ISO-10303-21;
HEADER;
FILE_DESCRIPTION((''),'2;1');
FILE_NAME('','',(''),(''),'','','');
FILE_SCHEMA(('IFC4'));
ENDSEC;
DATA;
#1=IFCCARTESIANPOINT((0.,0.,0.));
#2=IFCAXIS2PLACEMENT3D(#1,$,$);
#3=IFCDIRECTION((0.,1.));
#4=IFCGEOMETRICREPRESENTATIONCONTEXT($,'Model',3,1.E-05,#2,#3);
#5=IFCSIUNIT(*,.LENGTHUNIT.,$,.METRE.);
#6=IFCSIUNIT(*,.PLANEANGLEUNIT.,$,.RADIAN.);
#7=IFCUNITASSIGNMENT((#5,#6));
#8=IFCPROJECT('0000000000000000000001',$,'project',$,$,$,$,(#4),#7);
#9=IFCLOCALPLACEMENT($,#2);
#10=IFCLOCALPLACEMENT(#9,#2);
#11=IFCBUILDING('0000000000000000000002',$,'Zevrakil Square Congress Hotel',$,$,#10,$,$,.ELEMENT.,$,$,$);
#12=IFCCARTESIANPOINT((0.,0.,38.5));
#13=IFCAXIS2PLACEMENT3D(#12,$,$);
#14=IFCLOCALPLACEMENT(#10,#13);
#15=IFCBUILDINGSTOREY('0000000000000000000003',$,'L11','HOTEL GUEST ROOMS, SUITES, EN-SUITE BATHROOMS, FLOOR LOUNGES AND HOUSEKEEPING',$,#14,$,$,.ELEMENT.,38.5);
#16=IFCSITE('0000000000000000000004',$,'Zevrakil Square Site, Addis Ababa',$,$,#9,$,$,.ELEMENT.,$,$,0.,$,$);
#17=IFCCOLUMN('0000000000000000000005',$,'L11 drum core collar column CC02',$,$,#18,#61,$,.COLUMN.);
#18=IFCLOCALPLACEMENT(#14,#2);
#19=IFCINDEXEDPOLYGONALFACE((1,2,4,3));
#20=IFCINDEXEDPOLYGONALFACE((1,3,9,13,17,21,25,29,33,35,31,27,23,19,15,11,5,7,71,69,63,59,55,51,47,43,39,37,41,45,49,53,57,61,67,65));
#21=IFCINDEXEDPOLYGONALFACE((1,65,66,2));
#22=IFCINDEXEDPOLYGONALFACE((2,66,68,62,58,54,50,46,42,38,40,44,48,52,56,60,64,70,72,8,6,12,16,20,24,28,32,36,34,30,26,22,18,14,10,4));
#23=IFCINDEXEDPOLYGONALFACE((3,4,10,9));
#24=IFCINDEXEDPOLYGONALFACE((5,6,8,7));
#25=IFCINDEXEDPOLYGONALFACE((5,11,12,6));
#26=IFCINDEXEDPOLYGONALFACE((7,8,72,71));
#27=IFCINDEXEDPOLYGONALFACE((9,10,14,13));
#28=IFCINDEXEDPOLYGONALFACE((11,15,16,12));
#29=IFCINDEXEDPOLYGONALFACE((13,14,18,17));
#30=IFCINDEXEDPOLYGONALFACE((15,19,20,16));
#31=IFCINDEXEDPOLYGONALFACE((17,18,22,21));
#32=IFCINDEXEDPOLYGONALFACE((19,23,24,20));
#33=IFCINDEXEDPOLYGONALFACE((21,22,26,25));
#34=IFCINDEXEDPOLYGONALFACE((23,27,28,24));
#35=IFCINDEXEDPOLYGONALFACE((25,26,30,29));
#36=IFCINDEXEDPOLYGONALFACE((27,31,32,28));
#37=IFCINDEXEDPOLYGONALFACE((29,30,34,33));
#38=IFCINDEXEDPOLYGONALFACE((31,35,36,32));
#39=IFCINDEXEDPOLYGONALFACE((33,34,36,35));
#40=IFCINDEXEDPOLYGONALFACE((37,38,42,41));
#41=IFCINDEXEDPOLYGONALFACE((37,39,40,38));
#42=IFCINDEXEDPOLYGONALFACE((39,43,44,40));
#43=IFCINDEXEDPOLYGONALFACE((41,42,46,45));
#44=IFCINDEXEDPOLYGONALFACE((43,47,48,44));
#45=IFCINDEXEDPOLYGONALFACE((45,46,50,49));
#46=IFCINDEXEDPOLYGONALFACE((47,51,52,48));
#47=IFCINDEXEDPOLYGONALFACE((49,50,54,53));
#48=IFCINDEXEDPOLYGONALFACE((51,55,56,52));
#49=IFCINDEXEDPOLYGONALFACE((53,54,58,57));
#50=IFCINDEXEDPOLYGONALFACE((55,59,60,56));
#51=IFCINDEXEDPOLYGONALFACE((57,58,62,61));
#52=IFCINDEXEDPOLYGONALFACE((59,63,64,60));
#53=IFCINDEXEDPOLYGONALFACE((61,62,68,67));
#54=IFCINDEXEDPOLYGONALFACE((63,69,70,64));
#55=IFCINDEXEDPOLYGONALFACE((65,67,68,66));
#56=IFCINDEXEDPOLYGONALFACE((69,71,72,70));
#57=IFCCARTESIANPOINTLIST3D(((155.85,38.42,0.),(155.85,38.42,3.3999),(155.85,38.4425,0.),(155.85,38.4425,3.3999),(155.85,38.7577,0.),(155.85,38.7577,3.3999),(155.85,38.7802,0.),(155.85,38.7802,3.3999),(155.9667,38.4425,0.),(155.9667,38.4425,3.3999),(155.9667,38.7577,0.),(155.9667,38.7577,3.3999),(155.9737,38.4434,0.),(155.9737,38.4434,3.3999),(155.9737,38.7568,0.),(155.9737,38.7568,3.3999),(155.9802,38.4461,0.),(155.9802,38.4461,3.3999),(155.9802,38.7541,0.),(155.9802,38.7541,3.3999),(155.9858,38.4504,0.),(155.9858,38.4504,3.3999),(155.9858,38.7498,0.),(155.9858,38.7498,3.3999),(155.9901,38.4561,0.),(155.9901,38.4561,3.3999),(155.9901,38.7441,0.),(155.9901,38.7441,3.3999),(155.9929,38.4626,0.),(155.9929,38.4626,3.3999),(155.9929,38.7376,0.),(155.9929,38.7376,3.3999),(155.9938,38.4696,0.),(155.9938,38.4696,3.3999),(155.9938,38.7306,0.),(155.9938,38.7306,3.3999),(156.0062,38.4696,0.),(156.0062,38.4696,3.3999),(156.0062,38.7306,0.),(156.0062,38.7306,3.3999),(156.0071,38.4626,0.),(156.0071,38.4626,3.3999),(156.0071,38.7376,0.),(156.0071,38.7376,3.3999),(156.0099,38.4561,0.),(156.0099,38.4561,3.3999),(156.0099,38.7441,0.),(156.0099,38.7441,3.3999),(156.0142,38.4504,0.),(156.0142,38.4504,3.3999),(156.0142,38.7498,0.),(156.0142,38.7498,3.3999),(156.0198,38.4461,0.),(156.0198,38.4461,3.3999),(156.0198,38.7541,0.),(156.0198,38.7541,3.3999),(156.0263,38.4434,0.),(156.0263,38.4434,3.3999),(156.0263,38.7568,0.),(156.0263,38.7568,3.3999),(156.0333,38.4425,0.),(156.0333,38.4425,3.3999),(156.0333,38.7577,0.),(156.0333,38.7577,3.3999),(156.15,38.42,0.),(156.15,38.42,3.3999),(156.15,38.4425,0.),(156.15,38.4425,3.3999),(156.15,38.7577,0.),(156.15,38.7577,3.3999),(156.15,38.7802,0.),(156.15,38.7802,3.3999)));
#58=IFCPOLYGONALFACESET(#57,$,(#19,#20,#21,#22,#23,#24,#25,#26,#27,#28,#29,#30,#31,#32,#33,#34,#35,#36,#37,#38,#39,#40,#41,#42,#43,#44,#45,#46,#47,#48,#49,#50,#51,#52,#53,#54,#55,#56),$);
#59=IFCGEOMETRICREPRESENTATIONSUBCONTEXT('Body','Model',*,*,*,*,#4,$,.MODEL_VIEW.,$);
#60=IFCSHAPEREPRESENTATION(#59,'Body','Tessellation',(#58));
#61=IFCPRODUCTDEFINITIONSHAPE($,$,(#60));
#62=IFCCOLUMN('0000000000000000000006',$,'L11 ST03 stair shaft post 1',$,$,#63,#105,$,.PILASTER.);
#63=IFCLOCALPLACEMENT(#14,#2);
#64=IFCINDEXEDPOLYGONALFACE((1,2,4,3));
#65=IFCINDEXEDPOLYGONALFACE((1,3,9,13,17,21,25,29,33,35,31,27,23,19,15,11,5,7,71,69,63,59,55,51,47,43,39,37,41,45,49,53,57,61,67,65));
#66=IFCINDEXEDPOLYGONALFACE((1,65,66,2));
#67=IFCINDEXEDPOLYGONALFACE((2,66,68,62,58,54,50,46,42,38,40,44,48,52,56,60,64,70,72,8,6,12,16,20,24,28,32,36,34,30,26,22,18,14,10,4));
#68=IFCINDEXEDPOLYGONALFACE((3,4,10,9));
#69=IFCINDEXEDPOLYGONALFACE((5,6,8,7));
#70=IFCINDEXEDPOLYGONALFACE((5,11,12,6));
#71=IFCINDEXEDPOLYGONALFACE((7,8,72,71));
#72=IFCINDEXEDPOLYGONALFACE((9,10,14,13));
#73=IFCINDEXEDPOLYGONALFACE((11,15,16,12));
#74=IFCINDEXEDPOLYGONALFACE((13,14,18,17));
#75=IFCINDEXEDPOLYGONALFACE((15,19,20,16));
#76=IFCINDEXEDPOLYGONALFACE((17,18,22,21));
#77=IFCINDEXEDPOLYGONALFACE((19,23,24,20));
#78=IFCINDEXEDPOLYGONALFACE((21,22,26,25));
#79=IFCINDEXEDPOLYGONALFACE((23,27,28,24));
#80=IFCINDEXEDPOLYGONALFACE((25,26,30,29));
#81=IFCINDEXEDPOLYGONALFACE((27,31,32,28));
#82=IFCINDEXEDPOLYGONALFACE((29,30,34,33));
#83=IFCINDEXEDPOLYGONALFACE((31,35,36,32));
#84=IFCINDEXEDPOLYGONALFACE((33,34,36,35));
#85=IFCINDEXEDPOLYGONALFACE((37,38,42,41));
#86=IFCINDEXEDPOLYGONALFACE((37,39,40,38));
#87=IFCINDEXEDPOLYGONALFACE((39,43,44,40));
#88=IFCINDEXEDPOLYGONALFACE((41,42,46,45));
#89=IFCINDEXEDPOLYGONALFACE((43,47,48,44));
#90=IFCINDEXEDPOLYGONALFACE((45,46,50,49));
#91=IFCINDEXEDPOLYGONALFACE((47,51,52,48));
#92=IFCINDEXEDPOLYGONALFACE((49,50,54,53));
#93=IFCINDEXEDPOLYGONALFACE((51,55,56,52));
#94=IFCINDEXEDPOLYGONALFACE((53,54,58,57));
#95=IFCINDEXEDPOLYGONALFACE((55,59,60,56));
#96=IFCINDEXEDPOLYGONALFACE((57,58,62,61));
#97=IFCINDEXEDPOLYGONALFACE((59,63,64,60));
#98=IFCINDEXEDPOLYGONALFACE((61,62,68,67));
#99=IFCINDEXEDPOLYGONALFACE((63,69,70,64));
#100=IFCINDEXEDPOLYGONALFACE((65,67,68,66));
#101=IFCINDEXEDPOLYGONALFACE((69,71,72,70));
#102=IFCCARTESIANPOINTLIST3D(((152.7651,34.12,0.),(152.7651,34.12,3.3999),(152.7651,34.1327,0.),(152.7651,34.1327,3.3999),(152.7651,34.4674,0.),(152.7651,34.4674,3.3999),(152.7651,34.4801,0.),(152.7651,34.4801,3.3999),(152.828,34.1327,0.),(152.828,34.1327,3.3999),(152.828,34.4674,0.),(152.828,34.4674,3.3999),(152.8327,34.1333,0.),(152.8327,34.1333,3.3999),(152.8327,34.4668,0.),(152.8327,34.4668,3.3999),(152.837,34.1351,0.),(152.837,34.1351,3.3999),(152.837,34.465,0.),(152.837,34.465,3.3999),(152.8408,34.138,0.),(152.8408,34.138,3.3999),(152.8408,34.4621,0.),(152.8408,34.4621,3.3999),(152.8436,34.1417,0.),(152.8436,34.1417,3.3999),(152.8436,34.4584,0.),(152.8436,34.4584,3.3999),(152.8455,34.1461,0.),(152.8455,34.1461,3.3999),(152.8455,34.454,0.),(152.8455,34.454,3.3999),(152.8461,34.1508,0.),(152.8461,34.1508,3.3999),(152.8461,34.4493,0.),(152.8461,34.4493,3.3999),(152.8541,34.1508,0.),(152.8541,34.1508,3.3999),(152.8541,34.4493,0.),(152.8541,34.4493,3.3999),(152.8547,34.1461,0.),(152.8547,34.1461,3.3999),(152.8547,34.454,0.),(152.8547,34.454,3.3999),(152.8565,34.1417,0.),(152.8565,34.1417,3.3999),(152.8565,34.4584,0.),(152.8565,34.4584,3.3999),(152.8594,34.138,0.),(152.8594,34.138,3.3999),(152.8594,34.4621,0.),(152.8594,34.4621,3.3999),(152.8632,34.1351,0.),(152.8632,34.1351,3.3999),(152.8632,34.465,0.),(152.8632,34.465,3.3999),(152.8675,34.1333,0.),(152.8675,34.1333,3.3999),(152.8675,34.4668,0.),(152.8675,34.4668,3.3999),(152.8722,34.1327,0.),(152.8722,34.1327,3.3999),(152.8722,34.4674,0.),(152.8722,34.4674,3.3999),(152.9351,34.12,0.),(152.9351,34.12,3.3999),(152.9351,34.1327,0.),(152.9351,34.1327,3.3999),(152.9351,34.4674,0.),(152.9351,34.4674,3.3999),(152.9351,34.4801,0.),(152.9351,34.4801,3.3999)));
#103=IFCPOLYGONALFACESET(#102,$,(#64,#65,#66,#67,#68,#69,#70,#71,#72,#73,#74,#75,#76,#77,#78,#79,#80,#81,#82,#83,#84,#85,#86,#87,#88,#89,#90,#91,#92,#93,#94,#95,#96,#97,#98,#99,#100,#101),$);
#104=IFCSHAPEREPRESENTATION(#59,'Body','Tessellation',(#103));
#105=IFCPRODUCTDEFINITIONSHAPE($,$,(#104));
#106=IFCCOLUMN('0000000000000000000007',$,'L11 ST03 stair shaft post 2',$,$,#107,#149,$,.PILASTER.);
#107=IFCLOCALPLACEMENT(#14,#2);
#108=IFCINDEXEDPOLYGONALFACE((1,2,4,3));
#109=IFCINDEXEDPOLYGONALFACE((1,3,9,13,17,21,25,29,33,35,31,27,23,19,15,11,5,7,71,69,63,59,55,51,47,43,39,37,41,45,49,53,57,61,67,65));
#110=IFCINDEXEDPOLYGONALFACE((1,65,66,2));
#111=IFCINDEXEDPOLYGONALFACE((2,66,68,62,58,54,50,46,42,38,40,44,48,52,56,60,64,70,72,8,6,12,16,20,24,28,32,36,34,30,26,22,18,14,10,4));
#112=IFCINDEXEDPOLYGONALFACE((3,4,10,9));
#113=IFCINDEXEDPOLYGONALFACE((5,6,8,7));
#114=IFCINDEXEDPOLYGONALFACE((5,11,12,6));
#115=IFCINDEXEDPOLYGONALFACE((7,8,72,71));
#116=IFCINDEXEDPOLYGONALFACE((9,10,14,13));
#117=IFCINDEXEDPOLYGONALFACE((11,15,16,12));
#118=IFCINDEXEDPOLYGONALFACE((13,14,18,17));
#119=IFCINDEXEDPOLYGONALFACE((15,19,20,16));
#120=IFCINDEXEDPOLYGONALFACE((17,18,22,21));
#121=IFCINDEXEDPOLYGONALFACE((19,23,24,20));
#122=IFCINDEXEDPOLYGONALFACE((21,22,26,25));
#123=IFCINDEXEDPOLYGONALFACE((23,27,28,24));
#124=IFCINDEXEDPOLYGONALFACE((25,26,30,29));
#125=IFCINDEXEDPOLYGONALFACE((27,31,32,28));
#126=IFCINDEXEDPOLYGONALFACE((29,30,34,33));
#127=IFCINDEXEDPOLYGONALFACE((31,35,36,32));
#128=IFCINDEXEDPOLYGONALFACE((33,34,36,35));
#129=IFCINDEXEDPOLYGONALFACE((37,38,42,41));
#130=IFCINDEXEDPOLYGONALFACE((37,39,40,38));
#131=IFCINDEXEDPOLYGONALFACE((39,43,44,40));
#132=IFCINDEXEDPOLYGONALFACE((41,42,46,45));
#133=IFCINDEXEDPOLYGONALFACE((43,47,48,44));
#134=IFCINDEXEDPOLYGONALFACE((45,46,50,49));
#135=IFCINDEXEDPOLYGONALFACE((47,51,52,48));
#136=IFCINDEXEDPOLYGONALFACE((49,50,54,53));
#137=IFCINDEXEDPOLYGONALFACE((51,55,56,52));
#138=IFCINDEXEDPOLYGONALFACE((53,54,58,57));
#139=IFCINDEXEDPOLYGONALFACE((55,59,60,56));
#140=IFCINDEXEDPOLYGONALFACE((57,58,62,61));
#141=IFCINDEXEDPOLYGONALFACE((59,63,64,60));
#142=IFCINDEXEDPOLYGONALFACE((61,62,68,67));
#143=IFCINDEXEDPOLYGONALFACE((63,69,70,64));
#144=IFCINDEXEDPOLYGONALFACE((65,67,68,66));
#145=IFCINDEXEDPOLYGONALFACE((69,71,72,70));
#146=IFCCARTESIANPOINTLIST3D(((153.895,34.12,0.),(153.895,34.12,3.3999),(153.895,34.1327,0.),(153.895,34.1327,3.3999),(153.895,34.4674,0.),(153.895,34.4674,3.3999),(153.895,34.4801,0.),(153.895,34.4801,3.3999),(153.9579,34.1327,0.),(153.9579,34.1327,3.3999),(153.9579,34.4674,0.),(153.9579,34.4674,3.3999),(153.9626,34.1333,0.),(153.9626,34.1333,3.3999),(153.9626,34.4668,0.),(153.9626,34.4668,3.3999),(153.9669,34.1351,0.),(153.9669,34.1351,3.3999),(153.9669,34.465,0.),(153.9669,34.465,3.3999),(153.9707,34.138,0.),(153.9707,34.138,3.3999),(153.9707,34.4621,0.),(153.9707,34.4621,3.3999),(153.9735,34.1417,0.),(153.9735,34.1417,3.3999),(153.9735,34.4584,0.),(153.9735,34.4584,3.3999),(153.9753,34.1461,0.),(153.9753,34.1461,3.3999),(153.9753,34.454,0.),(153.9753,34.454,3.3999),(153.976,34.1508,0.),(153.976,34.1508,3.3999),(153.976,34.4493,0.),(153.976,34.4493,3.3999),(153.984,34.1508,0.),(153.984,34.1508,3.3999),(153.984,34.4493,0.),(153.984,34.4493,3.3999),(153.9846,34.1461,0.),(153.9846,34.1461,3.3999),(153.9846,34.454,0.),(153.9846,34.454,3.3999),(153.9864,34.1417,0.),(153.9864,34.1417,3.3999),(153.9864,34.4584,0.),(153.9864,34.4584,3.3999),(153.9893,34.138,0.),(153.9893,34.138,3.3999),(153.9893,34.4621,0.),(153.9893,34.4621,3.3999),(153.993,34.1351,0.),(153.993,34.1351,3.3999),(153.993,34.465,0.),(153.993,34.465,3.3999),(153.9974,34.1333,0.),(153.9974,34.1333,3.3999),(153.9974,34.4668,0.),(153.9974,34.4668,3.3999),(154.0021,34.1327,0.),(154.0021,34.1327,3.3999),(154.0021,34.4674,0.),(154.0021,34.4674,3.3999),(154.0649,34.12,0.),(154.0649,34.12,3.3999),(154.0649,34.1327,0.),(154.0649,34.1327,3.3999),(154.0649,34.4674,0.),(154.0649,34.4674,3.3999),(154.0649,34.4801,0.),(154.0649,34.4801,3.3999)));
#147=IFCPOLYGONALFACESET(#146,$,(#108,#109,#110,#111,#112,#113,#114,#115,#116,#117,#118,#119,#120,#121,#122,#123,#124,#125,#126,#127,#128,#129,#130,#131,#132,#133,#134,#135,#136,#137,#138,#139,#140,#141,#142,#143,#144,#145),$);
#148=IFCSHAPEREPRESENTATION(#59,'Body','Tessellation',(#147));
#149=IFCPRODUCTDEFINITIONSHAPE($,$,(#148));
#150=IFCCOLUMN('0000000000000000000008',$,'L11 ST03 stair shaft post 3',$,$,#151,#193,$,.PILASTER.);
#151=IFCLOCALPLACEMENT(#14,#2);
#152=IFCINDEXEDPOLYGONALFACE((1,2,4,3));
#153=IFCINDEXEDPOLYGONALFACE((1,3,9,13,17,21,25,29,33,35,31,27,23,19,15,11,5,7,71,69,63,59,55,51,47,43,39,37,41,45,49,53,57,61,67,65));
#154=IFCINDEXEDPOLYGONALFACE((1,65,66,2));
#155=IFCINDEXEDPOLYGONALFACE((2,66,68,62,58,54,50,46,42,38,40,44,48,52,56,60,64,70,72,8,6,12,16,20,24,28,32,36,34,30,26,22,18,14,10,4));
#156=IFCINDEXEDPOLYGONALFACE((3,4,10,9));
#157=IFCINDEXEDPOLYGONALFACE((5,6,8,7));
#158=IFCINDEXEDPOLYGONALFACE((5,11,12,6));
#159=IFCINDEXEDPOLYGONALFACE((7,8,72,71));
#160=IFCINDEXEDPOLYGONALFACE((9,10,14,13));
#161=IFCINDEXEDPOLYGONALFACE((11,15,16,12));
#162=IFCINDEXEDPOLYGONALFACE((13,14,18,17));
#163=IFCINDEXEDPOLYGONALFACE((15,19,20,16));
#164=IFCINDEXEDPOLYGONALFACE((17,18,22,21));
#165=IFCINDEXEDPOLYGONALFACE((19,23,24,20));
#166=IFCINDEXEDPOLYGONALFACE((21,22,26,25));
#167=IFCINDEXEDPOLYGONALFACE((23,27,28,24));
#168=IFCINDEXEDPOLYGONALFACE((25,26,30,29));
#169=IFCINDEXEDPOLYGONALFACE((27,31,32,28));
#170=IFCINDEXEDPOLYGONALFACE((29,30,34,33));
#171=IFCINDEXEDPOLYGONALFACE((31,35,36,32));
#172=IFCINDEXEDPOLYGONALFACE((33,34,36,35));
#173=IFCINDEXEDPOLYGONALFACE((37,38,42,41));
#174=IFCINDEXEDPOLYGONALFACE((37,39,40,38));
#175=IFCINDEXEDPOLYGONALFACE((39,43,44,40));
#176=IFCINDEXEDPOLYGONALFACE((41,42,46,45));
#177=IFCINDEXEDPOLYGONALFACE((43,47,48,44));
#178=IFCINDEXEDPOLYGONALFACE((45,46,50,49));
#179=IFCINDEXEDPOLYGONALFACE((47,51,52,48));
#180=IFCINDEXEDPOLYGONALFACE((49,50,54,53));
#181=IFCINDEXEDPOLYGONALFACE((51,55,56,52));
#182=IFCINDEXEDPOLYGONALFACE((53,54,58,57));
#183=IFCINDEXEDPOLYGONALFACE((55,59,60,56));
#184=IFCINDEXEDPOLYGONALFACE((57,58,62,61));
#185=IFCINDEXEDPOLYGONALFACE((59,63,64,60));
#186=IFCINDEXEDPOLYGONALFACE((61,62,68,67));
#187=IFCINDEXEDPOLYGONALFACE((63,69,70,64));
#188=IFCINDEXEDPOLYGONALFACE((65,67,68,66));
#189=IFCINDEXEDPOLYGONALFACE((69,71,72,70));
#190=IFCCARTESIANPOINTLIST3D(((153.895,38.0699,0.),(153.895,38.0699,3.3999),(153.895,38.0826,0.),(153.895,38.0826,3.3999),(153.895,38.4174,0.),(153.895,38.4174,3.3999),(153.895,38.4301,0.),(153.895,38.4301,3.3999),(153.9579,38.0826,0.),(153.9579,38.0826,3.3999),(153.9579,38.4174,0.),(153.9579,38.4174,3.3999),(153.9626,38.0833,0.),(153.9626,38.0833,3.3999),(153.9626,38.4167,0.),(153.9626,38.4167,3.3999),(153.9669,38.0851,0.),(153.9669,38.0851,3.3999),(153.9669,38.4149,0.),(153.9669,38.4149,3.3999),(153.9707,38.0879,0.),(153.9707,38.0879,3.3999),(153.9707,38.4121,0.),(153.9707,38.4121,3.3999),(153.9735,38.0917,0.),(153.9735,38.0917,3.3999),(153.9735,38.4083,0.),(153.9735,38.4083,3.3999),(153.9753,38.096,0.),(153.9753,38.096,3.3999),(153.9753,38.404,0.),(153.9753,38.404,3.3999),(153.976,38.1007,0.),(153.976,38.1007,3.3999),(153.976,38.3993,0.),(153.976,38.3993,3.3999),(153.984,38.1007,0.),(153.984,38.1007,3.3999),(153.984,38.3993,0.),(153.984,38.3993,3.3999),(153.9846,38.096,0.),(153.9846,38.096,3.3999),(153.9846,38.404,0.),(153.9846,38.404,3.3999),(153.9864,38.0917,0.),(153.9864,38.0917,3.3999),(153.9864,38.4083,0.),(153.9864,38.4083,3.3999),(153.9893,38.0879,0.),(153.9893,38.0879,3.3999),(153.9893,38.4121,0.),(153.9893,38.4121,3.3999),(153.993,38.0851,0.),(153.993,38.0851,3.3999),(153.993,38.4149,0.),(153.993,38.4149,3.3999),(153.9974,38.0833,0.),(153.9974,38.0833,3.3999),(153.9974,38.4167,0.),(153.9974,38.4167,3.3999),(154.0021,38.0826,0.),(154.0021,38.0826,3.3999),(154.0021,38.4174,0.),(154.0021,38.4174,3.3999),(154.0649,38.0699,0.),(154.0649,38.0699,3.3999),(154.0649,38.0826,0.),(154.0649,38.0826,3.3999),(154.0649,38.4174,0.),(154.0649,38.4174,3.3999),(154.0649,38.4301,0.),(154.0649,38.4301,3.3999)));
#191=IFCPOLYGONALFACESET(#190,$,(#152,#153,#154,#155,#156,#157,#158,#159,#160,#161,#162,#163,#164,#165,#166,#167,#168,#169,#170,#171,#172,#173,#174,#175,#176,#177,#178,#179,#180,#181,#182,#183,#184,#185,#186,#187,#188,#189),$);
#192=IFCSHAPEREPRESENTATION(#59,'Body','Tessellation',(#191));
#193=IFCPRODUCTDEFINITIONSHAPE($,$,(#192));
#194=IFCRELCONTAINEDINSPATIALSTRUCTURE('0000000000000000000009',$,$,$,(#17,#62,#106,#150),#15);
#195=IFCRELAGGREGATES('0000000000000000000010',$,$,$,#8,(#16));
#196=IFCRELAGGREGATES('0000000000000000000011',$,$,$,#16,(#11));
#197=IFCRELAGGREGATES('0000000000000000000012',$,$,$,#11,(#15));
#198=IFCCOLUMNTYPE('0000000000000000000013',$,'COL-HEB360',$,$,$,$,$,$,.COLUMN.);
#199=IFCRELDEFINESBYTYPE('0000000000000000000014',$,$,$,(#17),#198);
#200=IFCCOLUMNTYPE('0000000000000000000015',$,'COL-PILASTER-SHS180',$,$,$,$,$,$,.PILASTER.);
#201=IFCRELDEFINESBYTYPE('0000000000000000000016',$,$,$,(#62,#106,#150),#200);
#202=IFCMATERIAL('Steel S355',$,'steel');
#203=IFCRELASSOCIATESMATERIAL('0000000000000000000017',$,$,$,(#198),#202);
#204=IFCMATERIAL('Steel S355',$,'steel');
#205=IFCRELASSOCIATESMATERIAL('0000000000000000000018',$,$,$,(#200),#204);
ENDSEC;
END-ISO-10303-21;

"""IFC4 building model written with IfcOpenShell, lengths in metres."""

from ifc_helpers import new_model, si_unit, direction, frame, origin, origin_2d, place, context, subcontext, project, spatial, i_section, extrude, material, material_profile, profile_set, type_object, element, save


model = new_model("IFC4")

# Units and contexts
model_context = context("Model", 3, precision=1e-05, world=origin(), true_north=direction((0.0, 1.0)))
body_context = subcontext(model_context, "Body", "Model", "MODEL_VIEW")
ifc_project = project(units=[si_unit("LENGTHUNIT", "METRE"), si_unit("PLANEANGLEUNIT", "RADIAN")], contexts=[model_context])

# Site, building, storey
site_placement = place(None, origin())
site = spatial("IfcSite", under=ifc_project, at=site_placement, Name="Zevrakil Square Site, Addis Ababa", CompositionType="ELEMENT", RefElevation=0.0)
building_placement = place(site_placement, origin())
building = spatial("IfcBuilding", under=site, at=building_placement, Name="Zevrakil Square Congress Hotel", CompositionType="ELEMENT")
storey_placement = place(building_placement, frame((0.0, 0.0, 38.5)))
storey = spatial("IfcBuildingStorey", under=building, at=storey_placement, Name="L11", Description="HOTEL GUEST ROOMS, SUITES, EN-SUITE BATHROOMS, FLOOR LOUNGES AND HOUSEKEEPING", CompositionType="ELEMENT", Elevation=38.5)

# Columns
ifc_material_1 = material(Name="Steel S355", Category="steel")
ifc_material_profile_1 = material_profile(ifc_material_1, i_section(OverallWidth=0.3, OverallDepth=0.3601, WebThickness=0.0125, FlangeThickness=0.0225, FilletRadius=0.0271, at=origin_2d()), Name="HEB 360")
ifc_profile_set_1 = profile_set([ifc_material_profile_1], Name="Steel S355")
column_type_1 = type_object("IfcColumnType", Name="COL-HEB360", PredefinedType="COLUMN", material=ifc_profile_set_1)
column_placement = place(storey_placement, frame((156.0, 38.6001, 0.0), z_axis=(0.0, 0.0, 1.0), x_axis=(1.0, 0.0, 0.0)))
element("IfcColumn", 1, at=column_placement, inside=storey, type_object=column_type_1, Name="L11 drum core collar column CC02", PredefinedType="COLUMN", context=body_context, shape_type="SweptSolid", body=[
    extrude(i_section(OverallWidth=0.3, OverallDepth=0.3601, WebThickness=0.0125, FlangeThickness=0.0225, FilletRadius=0.0271, at=origin_2d()), origin(), (0.0, 0.0, 1.0), 3.3999),
])
ifc_material_2 = material(Name="Steel S355", Category="steel")
ifc_material_profile_2 = material_profile(ifc_material_2, i_section(OverallWidth=0.1699, OverallDepth=0.3601, WebThickness=0.0081, FlangeThickness=0.0127, FilletRadius=0.0181, at=origin_2d()), Name="IPE 360")
ifc_profile_set_2 = profile_set([ifc_material_profile_2], Name="Steel S355")
column_type_2 = type_object("IfcColumnType", Name="COL-PILASTER-SHS180", PredefinedType="PILASTER", material=ifc_profile_set_2)
for number, where, z_axis, x_axis, name in (
    (2, (152.8501, 34.3, 0.0), (0.0, 0.0, 1.0), (1.0, 0.0, 0.0), "L11 ST03 stair shaft post 1"),
    (3, (153.98, 34.3, 0.0), (0.0, 0.0, 1.0), (1.0, 0.0, 0.0), "L11 ST03 stair shaft post 2"),
    (4, (153.98, 38.25, 0.0), (0.0, 0.0, 1.0), (1.0, 0.0, 0.0), "L11 ST03 stair shaft post 3"),
):
    element("IfcColumn", number, at=place(storey_placement, frame(where, z_axis=z_axis, x_axis=x_axis)), inside=storey, type_object=column_type_2, Name=name, PredefinedType="PILASTER", context=body_context, shape_type="SweptSolid", body=[
        extrude(i_section(OverallWidth=0.1699, OverallDepth=0.3601, WebThickness=0.0081, FlangeThickness=0.0127, FilletRadius=0.0181, at=origin_2d()), origin(), (0.0, 0.0, 1.0), 3.3999),
    ])

save(model, "model.ifc")
